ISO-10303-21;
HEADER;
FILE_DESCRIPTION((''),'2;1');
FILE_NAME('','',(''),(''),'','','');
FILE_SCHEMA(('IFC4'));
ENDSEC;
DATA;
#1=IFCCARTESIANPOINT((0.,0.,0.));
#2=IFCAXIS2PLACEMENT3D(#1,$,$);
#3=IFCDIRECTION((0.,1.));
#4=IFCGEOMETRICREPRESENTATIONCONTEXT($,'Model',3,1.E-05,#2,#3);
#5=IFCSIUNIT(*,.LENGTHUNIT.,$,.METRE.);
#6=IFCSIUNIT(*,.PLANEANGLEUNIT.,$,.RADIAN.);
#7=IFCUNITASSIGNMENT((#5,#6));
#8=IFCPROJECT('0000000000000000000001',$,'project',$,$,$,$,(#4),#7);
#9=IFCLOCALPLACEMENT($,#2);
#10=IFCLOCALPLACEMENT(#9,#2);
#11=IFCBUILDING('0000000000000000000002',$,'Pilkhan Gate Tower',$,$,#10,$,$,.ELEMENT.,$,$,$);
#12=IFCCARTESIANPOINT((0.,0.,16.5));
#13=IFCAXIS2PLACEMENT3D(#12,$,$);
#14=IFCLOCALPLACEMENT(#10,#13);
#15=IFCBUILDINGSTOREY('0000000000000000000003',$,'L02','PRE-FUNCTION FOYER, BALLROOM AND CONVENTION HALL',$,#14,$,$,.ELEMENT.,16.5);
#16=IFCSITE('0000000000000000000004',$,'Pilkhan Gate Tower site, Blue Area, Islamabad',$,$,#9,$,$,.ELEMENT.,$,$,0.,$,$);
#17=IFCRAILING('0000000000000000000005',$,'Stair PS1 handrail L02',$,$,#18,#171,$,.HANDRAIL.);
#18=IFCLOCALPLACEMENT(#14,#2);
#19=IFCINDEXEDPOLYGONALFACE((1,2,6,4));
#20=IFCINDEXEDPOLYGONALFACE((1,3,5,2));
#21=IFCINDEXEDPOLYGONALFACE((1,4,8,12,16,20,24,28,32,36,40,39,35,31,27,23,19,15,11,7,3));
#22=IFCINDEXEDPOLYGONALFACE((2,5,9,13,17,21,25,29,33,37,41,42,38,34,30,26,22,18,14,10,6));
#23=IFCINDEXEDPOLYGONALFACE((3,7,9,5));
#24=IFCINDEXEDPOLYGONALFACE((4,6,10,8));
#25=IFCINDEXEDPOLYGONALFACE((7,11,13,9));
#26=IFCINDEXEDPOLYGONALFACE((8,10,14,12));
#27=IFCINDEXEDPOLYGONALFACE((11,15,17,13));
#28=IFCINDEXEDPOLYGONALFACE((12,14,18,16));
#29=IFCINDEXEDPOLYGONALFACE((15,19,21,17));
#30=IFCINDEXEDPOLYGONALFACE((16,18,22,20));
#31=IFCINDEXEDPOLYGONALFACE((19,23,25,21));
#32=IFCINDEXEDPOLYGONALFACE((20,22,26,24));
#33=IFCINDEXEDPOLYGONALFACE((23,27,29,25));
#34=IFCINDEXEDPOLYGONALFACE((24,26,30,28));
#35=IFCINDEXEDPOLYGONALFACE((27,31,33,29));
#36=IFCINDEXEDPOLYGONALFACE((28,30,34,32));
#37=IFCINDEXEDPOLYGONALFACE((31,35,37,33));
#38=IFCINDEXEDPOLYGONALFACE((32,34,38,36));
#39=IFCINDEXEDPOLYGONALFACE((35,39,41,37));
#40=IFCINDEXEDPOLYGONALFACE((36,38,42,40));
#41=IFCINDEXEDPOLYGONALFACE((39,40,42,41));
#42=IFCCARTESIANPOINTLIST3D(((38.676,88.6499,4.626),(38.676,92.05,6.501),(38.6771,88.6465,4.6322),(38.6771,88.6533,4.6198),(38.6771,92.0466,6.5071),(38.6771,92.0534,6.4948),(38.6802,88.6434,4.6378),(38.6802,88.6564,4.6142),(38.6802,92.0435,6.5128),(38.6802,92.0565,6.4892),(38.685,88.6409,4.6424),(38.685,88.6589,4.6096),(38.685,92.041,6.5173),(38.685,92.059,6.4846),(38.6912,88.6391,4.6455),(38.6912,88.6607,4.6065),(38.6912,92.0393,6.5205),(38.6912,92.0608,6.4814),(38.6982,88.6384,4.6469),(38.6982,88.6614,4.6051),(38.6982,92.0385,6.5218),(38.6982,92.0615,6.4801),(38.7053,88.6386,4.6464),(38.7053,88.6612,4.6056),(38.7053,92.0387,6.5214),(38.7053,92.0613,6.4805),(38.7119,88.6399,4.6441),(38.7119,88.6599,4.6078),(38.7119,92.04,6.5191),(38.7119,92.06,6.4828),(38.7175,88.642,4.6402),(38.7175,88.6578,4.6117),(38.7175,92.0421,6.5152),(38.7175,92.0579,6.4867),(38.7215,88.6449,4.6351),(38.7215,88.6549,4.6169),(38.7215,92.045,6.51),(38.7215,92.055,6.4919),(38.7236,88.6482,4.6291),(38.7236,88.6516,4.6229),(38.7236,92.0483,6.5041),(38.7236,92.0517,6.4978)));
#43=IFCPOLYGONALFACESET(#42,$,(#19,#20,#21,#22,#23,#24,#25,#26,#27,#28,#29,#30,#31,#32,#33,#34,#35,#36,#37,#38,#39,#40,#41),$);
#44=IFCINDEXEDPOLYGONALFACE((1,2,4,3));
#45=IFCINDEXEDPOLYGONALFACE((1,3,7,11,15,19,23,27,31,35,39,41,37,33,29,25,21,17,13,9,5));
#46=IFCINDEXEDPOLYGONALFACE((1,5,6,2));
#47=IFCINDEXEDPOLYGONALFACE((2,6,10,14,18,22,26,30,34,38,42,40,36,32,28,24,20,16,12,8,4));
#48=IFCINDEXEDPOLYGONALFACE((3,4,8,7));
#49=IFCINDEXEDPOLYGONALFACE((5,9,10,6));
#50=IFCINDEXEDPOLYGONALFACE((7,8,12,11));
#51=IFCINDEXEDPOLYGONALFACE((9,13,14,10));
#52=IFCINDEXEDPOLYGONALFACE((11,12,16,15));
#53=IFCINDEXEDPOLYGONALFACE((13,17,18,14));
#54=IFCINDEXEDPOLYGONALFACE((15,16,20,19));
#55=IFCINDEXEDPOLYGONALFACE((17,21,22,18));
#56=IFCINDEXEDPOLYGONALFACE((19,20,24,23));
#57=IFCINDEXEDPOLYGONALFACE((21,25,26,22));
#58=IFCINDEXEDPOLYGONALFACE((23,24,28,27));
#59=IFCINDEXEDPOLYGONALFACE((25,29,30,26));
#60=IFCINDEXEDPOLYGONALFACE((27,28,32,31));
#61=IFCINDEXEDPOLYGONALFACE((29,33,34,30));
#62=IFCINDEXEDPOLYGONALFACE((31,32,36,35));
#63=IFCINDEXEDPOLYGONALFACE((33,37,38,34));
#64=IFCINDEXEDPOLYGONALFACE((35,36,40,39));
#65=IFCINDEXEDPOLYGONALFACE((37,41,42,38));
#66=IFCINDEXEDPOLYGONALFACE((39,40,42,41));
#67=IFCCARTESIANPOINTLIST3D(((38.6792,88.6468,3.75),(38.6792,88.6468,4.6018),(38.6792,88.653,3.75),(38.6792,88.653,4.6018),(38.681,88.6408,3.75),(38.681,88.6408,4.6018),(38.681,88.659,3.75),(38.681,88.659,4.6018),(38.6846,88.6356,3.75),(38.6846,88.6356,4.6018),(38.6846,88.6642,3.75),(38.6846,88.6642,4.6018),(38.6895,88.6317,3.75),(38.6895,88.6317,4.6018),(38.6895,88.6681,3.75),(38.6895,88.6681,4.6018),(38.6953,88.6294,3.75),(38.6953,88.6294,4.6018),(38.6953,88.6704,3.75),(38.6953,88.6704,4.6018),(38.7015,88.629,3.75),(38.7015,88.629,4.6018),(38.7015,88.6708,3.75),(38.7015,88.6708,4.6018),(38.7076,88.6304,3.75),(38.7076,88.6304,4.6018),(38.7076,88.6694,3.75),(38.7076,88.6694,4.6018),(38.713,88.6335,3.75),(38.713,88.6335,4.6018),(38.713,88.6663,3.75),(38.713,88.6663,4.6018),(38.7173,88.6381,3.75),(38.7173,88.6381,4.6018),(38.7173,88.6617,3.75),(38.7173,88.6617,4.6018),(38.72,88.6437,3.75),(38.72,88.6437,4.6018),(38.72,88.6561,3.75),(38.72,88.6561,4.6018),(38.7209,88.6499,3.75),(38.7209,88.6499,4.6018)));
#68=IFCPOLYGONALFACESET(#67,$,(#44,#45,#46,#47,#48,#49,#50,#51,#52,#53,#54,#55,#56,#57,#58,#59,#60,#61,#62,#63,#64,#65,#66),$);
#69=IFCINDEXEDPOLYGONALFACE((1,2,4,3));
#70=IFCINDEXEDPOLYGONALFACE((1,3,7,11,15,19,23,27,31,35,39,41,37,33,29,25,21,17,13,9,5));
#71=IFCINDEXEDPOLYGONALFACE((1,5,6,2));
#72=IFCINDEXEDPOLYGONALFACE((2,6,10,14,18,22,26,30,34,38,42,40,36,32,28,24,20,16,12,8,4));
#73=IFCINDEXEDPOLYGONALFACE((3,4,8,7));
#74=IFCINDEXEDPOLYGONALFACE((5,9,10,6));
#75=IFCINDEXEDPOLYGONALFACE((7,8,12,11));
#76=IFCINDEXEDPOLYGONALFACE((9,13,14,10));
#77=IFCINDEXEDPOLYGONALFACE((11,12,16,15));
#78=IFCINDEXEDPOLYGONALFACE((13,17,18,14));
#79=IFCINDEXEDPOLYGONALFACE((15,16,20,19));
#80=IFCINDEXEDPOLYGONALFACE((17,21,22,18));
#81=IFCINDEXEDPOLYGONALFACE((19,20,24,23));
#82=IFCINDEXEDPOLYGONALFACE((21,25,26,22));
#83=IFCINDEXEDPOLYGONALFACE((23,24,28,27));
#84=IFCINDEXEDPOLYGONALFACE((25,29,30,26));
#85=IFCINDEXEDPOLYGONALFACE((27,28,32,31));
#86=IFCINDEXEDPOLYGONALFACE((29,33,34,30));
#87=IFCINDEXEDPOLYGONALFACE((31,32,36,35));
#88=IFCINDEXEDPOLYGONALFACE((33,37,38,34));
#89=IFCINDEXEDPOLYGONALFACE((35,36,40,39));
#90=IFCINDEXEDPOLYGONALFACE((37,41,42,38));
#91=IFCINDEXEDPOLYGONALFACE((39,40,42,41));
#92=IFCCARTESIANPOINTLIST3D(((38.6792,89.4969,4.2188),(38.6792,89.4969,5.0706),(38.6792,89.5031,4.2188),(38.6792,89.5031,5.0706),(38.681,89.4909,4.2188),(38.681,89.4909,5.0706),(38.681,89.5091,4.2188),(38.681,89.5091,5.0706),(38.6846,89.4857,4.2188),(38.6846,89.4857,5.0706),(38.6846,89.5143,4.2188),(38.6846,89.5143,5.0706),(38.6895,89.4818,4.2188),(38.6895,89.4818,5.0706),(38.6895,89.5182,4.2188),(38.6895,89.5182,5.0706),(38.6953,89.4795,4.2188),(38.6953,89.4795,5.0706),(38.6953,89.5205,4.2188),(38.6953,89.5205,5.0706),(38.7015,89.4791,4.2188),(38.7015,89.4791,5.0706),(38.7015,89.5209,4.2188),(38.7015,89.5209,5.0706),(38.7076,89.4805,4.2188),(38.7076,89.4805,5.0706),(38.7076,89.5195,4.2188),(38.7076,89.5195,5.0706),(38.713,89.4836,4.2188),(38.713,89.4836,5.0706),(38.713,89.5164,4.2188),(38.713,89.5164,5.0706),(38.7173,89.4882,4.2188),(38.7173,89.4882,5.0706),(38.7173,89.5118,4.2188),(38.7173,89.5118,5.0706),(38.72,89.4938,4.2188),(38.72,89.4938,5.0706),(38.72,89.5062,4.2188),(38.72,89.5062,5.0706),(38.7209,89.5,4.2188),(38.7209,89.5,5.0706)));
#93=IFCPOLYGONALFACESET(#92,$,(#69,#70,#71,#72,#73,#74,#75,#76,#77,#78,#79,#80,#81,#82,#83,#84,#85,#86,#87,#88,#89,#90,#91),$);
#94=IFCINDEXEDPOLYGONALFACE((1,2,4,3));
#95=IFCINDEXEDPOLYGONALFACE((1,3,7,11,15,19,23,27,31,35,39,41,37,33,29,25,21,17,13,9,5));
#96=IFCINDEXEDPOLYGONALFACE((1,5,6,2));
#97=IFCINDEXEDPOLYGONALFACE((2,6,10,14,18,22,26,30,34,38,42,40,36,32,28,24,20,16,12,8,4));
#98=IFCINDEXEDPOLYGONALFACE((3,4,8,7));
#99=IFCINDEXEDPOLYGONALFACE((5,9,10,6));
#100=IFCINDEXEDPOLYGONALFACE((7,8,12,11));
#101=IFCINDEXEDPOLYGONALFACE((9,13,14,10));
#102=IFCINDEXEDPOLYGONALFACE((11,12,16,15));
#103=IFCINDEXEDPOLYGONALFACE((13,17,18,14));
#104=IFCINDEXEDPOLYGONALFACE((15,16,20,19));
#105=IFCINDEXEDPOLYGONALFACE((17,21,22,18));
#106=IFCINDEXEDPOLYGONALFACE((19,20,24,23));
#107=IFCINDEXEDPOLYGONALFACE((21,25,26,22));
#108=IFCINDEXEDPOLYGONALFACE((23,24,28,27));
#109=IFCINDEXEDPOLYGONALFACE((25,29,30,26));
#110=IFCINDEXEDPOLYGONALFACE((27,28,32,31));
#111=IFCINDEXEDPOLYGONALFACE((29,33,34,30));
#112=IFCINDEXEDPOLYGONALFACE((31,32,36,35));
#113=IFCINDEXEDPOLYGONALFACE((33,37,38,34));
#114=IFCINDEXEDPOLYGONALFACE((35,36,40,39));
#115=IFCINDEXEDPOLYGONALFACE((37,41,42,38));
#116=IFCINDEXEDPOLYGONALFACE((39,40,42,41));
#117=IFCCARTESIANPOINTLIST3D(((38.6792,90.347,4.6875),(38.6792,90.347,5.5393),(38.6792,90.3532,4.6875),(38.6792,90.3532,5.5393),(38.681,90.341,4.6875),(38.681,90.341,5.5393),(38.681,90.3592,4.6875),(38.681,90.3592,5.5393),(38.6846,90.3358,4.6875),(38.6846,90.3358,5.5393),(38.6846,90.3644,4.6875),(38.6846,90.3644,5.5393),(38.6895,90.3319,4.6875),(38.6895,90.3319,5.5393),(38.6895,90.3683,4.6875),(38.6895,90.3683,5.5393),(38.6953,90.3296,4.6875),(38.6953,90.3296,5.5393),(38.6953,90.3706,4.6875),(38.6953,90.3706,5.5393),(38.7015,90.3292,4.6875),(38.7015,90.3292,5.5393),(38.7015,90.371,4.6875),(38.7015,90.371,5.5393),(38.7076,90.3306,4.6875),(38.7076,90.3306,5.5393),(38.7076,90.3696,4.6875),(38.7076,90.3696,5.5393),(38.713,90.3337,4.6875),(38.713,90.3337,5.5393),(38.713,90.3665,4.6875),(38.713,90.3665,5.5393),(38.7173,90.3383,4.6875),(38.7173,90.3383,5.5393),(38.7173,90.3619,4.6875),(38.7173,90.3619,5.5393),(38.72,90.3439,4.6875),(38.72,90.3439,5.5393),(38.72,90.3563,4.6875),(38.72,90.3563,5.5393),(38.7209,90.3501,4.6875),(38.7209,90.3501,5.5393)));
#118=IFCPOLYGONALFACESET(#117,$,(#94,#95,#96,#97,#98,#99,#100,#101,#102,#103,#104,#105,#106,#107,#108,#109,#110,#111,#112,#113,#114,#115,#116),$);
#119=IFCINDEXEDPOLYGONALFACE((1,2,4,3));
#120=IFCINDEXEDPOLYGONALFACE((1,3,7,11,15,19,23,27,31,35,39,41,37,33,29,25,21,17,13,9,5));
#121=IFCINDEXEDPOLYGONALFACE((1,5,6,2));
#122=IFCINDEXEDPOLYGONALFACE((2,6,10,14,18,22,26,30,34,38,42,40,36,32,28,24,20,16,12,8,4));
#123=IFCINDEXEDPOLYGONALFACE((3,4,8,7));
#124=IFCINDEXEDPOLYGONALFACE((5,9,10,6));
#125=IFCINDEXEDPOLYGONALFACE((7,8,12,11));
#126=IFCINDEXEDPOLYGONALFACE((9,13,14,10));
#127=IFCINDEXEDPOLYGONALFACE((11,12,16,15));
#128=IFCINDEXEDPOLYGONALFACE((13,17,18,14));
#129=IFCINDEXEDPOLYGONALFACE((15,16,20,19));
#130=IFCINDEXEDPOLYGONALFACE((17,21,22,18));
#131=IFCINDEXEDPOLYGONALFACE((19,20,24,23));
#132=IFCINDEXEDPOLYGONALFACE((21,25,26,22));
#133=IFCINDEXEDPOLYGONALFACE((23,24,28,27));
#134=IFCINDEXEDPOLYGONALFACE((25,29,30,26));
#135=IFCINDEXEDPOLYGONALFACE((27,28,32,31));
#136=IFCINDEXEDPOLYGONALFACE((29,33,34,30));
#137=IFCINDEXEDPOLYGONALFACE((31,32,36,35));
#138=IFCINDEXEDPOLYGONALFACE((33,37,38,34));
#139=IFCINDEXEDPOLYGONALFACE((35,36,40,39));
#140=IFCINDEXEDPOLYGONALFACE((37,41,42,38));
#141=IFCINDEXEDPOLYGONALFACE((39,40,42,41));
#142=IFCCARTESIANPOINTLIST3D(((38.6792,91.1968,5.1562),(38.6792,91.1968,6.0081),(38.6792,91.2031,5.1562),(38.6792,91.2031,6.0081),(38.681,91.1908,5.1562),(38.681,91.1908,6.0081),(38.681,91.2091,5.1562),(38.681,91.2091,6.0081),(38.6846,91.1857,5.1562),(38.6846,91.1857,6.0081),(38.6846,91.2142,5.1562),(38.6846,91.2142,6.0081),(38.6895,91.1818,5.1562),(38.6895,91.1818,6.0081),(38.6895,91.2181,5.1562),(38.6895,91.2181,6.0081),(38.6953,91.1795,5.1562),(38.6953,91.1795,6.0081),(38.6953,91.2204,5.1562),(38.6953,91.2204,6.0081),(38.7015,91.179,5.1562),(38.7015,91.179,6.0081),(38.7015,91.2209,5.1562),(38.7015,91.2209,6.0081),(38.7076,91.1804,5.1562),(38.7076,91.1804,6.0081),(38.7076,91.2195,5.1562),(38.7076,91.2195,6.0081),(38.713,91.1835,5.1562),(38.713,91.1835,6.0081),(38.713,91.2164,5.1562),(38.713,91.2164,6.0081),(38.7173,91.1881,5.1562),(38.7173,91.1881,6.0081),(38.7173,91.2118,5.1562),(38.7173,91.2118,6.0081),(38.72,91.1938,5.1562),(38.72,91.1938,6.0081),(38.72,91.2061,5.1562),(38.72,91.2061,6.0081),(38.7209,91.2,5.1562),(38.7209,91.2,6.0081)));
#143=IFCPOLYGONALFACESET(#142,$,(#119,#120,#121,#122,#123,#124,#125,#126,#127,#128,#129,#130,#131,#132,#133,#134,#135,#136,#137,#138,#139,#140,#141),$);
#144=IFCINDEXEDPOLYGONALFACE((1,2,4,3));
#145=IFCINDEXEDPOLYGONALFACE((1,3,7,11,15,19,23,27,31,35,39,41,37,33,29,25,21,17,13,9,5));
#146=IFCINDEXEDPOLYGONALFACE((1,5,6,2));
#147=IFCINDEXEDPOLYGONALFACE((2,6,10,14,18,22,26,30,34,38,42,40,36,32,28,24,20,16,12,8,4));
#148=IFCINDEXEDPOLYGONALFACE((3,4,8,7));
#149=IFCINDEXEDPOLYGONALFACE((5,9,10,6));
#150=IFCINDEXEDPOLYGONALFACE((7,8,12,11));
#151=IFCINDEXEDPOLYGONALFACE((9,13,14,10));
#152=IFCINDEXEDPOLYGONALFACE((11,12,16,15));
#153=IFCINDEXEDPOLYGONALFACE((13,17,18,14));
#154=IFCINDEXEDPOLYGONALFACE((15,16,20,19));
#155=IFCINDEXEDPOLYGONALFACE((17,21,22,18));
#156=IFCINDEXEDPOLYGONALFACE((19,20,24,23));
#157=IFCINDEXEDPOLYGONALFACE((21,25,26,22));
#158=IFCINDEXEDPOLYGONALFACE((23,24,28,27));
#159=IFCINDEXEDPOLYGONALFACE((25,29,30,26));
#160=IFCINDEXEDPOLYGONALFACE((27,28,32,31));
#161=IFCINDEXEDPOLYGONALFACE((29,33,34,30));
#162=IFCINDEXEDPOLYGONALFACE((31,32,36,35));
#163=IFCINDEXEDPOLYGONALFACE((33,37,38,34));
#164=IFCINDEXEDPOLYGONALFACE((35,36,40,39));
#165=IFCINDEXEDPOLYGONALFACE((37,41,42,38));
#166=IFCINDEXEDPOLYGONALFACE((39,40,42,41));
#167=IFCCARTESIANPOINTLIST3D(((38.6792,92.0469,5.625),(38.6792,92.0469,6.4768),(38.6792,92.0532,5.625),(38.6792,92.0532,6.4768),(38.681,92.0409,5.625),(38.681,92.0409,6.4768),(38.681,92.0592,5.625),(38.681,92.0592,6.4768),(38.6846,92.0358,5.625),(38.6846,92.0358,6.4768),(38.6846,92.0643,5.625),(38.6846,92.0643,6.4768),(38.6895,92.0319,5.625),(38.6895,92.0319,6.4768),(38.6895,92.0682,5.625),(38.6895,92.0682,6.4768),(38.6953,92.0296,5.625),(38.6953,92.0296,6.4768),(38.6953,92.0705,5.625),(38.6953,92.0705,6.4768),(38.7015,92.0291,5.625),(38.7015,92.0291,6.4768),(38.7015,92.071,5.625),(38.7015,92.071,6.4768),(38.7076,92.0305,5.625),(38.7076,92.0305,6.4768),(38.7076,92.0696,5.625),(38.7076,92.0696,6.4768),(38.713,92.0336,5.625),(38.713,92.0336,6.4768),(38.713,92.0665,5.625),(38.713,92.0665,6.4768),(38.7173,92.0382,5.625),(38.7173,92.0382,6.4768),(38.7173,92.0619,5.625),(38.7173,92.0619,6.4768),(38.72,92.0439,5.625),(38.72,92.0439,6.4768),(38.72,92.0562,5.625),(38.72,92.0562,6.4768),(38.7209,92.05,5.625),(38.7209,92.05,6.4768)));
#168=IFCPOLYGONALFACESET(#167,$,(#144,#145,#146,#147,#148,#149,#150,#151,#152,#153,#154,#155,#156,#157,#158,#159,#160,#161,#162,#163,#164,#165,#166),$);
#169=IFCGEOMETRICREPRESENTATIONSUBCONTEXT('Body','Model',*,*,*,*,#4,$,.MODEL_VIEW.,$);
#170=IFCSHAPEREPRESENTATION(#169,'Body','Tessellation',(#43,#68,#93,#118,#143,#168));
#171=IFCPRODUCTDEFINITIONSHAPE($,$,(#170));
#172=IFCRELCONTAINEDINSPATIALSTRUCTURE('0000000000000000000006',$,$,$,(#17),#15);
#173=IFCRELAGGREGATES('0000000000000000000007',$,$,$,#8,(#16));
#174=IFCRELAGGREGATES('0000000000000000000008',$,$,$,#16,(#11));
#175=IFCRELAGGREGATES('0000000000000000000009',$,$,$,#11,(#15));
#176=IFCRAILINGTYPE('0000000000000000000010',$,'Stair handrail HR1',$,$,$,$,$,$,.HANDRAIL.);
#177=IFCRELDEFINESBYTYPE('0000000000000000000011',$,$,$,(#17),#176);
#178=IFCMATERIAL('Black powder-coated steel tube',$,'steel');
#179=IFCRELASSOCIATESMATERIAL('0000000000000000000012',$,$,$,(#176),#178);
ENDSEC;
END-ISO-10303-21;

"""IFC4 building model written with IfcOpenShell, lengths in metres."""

from ifc_helpers import new_model, si_unit, direction, frame, origin, origin_2d, place, context, subcontext, project, spatial, circle, extrude, material, type_object, element, save


model = new_model("IFC4")

# Units and contexts
model_context = context("Model", 3, precision=1e-05, world=origin(), true_north=direction((0.0, 1.0)))
body_context = subcontext(model_context, "Body", "Model", "MODEL_VIEW")
ifc_project = project(units=[si_unit("LENGTHUNIT", "METRE"), si_unit("PLANEANGLEUNIT", "RADIAN")], contexts=[model_context])

# Site, building, storey
site_placement = place(None, origin())
site = spatial("IfcSite", under=ifc_project, at=site_placement, Name="Pilkhan Gate Tower site, Blue Area, Islamabad", CompositionType="ELEMENT", RefElevation=0.0)
building_placement = place(site_placement, origin())
building = spatial("IfcBuilding", under=site, at=building_placement, Name="Pilkhan Gate Tower", CompositionType="ELEMENT")
storey_placement = place(building_placement, frame((0.0, 0.0, 16.5)))
storey = spatial("IfcBuildingStorey", under=building, at=storey_placement, Name="L02", Description="PRE-FUNCTION FOYER, BALLROOM AND CONVENTION HALL", CompositionType="ELEMENT", Elevation=16.5)

# Railing
ifc_material_1 = material(Name="Black powder-coated steel tube", Category="steel")
railing_type_1 = type_object("IfcRailingType", Name="Stair handrail HR1", PredefinedType="HANDRAIL", material=ifc_material_1)
railing_1_placement = place(storey_placement, frame((38.7, 88.6499, 3.75)))
element("IfcRailing", 1, at=railing_1_placement, inside=storey, type_object=railing_type_1, Name="Stair PS1 handrail L02", PredefinedType="HANDRAIL", context=body_context, shape_type="SweptSolid", body=[
    extrude(circle(Radius=0.0239, at=origin_2d()), frame((0.0, 0.0, 0.876), z_axis=(0.0, 0.87568, 0.482891), x_axis=(-1.0, 0.0, 0.0)), (0.0, 0.0, 1.0), 3.8828),
    extrude(circle(Radius=0.021, at=origin_2d()), origin(), (0.0, 0.0, 1.0), 0.8518),
    extrude(circle(Radius=0.021, at=origin_2d()), frame((0.0, 0.8501, 0.4688)), (0.0, 0.0, 1.0), 0.8518),
    extrude(circle(Radius=0.021, at=origin_2d()), frame((0.0, 1.7002, 0.9375)), (0.0, 0.0, 1.0), 0.8518),
    extrude(circle(Radius=0.021, at=origin_2d()), frame((0.0, 2.55, 1.4062)), (0.0, 0.0, 1.0), 0.8518),
    extrude(circle(Radius=0.021, at=origin_2d()), frame((0.0, 3.4001, 1.875)), (0.0, 0.0, 1.0), 0.8518),
])

save(model, "model.ifc")
